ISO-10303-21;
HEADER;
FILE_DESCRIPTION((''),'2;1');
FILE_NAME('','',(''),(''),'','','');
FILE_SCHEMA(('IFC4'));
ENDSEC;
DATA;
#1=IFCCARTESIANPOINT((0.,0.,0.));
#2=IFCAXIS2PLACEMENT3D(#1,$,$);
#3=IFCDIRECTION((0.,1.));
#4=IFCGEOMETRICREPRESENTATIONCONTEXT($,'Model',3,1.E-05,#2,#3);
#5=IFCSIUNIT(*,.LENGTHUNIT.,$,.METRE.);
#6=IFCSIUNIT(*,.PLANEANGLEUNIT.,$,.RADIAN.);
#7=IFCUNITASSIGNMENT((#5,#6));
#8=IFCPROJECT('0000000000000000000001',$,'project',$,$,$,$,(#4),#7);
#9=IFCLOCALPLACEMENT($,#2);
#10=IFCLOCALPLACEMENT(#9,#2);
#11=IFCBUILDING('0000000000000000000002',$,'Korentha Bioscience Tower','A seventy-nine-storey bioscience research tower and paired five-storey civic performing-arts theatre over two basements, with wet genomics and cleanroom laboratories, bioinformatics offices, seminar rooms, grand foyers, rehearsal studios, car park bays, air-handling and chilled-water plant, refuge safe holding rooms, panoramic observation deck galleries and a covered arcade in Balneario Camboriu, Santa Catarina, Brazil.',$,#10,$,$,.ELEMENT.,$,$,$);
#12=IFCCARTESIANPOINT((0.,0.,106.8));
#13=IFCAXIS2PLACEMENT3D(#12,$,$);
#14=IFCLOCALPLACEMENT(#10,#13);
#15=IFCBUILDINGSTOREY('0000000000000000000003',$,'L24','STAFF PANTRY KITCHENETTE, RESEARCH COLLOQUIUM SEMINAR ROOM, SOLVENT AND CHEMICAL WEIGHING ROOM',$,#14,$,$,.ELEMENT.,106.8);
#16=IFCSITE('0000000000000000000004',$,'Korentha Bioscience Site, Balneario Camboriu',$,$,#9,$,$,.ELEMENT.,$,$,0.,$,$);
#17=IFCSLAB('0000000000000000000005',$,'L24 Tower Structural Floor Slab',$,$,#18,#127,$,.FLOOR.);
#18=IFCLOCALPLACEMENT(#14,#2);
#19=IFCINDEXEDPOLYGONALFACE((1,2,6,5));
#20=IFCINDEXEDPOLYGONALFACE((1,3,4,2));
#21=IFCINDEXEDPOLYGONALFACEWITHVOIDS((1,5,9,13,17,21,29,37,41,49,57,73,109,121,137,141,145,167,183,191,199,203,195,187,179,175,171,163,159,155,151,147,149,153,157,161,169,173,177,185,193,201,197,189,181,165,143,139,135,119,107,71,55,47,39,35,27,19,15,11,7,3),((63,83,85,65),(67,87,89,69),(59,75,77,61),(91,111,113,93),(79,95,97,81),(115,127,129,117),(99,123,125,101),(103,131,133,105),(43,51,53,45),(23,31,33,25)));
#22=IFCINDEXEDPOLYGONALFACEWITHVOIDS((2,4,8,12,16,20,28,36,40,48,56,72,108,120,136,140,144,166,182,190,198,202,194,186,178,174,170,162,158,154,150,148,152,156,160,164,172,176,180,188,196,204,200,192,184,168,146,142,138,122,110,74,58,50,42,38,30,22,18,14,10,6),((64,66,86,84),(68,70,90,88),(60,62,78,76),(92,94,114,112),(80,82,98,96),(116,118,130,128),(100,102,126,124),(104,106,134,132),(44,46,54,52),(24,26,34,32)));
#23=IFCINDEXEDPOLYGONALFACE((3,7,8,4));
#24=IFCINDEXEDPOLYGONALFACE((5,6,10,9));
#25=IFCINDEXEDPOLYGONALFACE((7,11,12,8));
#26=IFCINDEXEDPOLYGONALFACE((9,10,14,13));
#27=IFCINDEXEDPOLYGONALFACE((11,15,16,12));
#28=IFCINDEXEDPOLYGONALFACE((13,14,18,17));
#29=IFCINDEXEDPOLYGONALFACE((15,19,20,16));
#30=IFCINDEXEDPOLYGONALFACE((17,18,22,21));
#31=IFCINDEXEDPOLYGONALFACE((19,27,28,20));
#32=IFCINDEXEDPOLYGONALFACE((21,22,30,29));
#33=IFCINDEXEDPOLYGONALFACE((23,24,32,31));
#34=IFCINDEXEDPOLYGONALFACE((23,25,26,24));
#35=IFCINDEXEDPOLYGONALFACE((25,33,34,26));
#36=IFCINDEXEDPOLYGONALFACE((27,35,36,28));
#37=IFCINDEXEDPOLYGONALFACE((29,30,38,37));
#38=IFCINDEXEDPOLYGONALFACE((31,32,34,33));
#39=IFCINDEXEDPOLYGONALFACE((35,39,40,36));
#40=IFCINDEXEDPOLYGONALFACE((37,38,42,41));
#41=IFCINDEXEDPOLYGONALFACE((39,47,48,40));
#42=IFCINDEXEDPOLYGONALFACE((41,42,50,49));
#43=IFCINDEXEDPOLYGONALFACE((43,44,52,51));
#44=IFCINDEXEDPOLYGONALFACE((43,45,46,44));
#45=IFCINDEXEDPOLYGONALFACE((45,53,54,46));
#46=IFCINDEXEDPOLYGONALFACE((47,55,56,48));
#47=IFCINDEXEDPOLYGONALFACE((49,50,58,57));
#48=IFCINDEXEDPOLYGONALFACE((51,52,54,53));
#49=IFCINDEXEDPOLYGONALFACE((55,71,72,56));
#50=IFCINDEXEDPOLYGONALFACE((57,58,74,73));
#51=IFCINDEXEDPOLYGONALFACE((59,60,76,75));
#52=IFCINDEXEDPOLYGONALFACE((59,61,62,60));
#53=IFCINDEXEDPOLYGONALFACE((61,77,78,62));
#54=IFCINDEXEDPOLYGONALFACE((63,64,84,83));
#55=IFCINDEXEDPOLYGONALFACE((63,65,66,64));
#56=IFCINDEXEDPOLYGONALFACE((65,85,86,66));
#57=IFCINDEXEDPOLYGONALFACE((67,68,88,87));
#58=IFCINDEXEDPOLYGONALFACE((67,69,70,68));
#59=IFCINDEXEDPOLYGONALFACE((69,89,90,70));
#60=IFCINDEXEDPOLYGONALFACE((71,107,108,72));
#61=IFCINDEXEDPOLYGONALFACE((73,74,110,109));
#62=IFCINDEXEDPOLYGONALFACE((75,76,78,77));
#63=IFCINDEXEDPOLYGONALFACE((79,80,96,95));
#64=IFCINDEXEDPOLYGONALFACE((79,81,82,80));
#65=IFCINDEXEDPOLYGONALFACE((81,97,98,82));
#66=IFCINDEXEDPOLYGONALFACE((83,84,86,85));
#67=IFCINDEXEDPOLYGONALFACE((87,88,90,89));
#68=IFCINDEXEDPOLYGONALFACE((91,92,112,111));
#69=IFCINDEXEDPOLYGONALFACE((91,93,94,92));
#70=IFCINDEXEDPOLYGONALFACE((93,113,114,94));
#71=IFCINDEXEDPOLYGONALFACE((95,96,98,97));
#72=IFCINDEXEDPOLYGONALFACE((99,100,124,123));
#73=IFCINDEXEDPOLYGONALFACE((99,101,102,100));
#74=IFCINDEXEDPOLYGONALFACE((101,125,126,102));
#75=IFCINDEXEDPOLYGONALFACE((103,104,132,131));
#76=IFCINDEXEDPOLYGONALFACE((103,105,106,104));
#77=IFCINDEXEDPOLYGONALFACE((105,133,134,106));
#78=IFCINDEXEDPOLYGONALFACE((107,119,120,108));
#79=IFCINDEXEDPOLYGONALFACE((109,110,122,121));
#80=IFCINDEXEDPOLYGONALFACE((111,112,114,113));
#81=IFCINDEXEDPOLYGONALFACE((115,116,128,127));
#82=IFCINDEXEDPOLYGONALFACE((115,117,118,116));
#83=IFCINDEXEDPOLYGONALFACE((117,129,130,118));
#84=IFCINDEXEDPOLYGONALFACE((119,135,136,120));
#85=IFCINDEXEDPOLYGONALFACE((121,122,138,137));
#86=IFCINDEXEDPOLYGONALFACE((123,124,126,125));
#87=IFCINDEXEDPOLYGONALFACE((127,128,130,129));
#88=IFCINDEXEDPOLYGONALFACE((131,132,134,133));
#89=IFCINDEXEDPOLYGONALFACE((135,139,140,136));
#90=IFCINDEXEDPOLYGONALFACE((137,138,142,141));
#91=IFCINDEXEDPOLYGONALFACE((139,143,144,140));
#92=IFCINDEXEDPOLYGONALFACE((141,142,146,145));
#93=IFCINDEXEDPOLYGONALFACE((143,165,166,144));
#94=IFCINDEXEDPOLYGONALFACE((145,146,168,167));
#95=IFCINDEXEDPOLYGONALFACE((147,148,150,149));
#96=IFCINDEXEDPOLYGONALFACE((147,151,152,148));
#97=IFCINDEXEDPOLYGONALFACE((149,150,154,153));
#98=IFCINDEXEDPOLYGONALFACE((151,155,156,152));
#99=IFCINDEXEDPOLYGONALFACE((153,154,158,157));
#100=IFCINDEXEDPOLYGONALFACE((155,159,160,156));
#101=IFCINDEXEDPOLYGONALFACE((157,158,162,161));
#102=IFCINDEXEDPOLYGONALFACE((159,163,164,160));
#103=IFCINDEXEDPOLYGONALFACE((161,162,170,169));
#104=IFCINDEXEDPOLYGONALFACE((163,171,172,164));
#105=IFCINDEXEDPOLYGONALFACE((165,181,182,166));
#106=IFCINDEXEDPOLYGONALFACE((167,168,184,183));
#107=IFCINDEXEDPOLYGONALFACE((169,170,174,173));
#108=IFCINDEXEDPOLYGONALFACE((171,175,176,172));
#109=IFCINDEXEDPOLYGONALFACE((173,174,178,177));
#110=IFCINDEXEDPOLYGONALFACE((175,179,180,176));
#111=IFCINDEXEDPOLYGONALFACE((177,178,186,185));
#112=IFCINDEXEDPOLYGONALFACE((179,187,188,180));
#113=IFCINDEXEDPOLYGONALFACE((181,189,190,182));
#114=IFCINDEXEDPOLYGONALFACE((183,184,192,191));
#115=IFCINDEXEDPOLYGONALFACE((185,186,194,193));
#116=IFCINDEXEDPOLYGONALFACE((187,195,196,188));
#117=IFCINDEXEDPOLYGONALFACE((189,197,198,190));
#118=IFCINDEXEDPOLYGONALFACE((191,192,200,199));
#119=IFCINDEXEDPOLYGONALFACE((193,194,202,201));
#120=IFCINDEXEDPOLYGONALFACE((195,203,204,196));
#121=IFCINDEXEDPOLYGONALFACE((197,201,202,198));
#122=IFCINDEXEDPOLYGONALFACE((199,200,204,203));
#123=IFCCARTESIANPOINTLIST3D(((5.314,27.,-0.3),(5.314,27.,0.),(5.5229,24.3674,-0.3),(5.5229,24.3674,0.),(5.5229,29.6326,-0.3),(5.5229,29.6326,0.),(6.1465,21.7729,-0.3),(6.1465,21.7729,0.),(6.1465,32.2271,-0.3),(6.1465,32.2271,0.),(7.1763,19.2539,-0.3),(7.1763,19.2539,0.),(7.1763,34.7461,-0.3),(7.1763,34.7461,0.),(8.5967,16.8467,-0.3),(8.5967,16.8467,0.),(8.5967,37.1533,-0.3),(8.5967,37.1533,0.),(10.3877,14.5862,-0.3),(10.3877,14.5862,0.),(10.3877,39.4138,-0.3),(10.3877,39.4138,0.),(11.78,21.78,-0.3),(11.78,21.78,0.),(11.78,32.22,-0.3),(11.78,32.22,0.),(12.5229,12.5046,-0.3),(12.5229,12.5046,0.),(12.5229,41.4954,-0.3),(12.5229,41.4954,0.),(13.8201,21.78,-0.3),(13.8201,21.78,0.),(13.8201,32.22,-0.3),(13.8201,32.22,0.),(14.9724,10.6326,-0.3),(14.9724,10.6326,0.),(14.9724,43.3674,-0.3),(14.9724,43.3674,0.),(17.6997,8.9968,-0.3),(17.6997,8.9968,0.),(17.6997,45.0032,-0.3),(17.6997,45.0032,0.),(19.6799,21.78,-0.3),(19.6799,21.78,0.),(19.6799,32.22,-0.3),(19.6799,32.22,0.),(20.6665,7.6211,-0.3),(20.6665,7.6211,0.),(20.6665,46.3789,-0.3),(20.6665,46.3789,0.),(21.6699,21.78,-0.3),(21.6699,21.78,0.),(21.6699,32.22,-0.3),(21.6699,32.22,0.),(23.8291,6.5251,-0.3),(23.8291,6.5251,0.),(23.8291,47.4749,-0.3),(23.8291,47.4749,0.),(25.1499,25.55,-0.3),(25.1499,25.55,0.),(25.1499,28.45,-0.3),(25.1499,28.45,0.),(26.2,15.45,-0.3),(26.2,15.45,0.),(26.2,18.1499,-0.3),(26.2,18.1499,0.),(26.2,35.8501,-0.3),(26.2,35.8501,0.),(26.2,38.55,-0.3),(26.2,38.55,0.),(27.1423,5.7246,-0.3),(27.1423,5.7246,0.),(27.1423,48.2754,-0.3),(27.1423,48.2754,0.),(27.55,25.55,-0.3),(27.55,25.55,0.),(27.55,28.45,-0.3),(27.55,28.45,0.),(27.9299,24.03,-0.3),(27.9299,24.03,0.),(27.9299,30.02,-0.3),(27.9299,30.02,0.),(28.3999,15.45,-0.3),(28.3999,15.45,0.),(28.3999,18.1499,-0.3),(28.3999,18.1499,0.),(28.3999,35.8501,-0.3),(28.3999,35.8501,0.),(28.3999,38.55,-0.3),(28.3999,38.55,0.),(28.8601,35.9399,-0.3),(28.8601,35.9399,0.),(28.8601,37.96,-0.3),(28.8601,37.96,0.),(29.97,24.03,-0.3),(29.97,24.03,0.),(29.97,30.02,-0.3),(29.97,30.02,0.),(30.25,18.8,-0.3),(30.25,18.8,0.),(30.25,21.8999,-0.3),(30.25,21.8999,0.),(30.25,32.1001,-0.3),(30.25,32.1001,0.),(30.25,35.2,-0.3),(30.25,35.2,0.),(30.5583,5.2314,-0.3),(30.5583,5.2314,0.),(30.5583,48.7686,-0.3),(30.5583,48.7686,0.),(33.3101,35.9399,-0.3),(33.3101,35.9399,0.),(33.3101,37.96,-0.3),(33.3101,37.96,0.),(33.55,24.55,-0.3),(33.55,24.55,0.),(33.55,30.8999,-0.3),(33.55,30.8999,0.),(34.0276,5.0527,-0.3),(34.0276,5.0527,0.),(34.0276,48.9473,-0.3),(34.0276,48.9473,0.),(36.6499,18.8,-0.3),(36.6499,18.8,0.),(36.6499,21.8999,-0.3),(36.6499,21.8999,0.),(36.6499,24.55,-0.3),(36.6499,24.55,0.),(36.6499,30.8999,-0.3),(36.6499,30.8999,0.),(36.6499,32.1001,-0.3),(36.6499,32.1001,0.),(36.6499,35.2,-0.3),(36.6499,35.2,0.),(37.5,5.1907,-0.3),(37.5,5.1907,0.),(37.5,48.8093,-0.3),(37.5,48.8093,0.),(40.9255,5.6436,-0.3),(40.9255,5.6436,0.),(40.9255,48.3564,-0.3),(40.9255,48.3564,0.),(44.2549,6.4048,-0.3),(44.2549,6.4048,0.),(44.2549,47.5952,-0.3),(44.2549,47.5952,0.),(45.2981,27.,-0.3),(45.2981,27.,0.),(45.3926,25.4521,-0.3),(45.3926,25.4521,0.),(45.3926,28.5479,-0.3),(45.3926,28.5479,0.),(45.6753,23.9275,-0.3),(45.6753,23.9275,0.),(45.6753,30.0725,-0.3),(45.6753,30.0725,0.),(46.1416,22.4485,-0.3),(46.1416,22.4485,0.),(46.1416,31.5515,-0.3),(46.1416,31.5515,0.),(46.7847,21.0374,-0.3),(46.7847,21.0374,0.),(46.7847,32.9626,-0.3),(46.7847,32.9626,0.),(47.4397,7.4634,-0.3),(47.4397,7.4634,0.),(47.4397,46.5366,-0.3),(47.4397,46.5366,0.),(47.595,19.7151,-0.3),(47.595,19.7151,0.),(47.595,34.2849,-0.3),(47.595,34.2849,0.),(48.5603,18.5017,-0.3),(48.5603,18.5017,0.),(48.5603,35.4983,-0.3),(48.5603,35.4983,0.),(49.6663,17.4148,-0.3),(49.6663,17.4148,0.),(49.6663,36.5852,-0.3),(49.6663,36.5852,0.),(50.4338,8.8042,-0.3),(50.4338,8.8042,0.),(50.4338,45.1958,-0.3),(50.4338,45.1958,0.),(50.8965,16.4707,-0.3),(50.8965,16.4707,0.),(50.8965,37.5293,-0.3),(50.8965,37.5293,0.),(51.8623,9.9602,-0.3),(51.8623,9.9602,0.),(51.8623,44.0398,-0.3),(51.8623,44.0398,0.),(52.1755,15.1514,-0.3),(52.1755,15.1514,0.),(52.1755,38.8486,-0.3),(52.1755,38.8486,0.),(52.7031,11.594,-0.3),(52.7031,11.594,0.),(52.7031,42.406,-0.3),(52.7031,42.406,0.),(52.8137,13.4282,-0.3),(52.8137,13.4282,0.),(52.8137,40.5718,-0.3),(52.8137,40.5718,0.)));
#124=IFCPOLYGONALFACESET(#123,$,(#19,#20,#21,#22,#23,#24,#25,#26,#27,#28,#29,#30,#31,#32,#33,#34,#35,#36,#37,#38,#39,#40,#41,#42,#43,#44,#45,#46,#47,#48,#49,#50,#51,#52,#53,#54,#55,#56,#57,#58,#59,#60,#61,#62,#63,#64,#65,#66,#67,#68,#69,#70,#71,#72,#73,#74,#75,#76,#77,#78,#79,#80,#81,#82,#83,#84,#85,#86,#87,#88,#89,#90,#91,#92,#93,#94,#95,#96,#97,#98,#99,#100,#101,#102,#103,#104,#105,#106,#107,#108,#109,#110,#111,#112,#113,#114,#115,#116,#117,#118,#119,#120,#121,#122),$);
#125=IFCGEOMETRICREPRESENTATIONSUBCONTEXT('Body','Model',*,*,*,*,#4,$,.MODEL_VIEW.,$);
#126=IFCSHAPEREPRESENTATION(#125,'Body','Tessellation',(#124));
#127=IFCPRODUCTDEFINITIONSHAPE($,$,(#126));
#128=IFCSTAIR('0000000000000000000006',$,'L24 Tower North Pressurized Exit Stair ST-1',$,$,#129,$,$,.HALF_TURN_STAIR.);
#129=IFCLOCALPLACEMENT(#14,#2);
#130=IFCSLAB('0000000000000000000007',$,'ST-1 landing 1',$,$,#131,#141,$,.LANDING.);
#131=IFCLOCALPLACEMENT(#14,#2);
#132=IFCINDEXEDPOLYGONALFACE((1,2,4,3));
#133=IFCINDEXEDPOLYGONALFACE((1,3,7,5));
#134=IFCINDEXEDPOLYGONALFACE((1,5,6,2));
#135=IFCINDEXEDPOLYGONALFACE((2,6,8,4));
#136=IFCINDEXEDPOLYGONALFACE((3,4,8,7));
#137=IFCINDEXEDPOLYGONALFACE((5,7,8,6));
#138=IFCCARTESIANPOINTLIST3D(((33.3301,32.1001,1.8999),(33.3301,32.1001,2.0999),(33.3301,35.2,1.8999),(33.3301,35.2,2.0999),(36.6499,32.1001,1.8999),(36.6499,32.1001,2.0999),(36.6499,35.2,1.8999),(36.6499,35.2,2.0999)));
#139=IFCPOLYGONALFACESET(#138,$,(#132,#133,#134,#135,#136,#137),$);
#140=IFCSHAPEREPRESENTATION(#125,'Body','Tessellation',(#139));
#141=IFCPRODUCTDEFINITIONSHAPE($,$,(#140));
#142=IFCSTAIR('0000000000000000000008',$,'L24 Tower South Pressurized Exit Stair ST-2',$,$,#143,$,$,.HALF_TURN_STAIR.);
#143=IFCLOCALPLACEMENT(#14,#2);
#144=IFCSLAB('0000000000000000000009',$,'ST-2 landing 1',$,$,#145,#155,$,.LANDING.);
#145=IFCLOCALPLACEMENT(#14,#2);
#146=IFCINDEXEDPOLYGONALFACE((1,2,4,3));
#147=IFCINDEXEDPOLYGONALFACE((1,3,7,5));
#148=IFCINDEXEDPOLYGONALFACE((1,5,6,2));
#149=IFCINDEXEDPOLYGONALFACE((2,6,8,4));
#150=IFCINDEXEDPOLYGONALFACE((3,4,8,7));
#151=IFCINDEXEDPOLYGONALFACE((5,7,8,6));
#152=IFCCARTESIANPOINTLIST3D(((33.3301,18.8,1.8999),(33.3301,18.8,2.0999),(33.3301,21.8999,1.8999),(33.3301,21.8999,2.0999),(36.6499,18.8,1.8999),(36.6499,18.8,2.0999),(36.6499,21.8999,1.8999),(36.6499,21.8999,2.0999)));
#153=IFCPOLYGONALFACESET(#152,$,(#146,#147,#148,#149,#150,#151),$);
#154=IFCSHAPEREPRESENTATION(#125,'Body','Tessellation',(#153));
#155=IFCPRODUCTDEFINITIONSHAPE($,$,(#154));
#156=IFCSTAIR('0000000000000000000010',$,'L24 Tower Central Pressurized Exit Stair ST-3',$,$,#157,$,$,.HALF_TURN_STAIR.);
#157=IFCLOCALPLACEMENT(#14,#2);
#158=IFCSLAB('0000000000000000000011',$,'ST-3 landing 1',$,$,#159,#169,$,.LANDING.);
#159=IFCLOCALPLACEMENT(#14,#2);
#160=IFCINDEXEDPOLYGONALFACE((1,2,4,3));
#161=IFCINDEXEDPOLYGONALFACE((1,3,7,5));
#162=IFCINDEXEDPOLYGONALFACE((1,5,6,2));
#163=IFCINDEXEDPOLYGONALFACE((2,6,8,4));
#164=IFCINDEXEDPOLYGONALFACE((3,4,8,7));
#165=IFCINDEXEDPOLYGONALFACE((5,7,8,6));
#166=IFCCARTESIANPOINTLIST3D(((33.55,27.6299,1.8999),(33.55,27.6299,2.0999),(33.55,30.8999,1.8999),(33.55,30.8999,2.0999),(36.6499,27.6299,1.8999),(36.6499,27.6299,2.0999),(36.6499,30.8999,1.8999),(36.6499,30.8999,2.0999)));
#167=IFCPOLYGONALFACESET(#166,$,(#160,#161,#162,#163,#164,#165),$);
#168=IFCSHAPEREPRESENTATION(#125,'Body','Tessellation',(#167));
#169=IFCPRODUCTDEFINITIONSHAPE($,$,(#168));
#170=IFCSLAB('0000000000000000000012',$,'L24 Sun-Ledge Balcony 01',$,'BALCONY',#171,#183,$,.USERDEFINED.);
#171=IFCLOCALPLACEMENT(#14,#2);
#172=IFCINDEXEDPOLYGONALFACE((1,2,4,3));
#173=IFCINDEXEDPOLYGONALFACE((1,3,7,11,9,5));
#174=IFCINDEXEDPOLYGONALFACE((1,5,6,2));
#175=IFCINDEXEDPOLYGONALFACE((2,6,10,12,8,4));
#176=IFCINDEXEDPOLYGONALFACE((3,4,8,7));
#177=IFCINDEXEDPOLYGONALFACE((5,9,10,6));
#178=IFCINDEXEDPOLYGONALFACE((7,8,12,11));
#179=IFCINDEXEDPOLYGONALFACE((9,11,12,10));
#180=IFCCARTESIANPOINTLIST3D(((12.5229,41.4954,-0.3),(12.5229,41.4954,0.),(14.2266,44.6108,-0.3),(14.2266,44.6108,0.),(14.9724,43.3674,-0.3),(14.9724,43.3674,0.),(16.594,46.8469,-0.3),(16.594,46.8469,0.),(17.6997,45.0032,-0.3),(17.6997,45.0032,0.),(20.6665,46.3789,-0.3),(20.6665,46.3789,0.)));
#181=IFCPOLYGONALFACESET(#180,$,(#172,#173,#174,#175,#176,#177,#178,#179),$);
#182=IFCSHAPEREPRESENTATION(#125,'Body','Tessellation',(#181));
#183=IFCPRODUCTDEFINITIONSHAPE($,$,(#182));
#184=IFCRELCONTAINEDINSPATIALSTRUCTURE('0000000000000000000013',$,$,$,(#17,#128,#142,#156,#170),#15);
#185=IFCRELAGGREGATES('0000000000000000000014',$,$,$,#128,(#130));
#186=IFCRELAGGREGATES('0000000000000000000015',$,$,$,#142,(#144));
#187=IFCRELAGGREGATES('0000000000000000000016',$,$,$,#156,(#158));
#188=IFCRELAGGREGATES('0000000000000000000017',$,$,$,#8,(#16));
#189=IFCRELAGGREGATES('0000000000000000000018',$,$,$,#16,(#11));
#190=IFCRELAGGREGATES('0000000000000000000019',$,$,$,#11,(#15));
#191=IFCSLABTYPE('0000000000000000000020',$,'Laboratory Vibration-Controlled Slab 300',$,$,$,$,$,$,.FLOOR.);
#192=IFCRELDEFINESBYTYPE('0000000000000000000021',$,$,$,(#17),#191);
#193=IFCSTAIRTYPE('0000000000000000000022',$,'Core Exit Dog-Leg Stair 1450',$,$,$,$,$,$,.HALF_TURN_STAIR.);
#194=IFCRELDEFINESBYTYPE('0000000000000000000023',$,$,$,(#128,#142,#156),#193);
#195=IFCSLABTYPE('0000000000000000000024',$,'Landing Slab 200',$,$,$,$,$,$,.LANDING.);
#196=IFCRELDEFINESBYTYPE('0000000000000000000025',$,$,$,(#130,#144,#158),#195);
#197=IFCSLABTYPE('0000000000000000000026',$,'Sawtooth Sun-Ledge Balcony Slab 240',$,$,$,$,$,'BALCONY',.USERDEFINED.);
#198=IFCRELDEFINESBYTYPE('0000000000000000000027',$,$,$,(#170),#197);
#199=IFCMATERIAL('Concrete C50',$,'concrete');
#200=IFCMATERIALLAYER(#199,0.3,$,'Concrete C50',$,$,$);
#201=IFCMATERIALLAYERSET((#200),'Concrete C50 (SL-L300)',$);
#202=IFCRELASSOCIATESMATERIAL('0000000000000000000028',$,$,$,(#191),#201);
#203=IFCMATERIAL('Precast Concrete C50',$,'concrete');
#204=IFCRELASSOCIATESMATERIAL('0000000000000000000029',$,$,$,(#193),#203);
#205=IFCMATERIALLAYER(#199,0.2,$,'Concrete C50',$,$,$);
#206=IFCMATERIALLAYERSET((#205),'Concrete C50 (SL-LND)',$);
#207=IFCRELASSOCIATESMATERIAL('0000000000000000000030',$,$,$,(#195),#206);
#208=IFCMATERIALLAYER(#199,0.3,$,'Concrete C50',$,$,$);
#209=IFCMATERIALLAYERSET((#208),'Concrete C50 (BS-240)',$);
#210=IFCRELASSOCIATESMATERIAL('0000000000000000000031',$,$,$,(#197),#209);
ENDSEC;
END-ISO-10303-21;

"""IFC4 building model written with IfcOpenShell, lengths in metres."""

from ifc_helpers import new_model, si_unit, direction, frame, origin, place, context, subcontext, project, spatial, polyline, outline, extrude, material, layer, layer_set, type_object, element, aggregate, save


model = new_model("IFC4")

# Units and contexts
model_context = context("Model", 3, precision=1e-05, world=origin(), true_north=direction((0.0, 1.0)))
body_context = subcontext(model_context, "Body", "Model", "MODEL_VIEW")
ifc_project = project(units=[si_unit("LENGTHUNIT", "METRE"), si_unit("PLANEANGLEUNIT", "RADIAN")], contexts=[model_context])

# Site, building, storey
site_placement = place(None, origin())
site = spatial("IfcSite", under=ifc_project, at=site_placement, Name="Korentha Bioscience Site, Balneario Camboriu", CompositionType="ELEMENT", RefElevation=0.0)
building_placement = place(site_placement, origin())
building = spatial("IfcBuilding", under=site, at=building_placement, Name="Korentha Bioscience Tower", Description="A seventy-nine-storey bioscience research tower and paired five-storey civic performing-arts theatre over two basements, with wet genomics and cleanroom laboratories, bioinformatics offices, seminar rooms, grand foyers, rehearsal studios, car park bays, air-handling and chilled-water plant, refuge safe holding rooms, panoramic observation deck galleries and a covered arcade in Balneario Camboriu, Santa Catarina, Brazil.", CompositionType="ELEMENT")
storey_placement = place(building_placement, frame((0.0, 0.0, 106.8)))
storey = spatial("IfcBuildingStorey", under=building, at=storey_placement, Name="L24", Description="STAFF PANTRY KITCHENETTE, RESEARCH COLLOQUIUM SEMINAR ROOM, SOLVENT AND CHEMICAL WEIGHING ROOM", CompositionType="ELEMENT", Elevation=106.8)

# Slab
ifc_material_1 = material(Name="Concrete C50", Category="concrete")
ifc_layer_1 = layer(ifc_material_1, 0.3, Name="Concrete C50")
ifc_layer_set_1 = layer_set([ifc_layer_1], Name="Concrete C50 (SL-L300)")
slab_type_1 = type_object("IfcSlabType", Name="Laboratory Vibration-Controlled Slab 300", PredefinedType="FLOOR", material=ifc_layer_set_1)
slab_1_placement = place(storey_placement, frame((0.0, 0.0, -0.3)))
element("IfcSlab", 1, at=slab_1_placement, inside=storey, type_object=slab_type_1, Name="L24 Tower Structural Floor Slab", PredefinedType="FLOOR", context=body_context, shape_type="SweptSolid", body=[
    extrude(outline(polyline([(50.4338, 45.1958), (47.4397, 46.5366), (44.2549, 47.5952), (40.9255, 48.3564), (37.5, 48.8093), (34.0276, 48.9473), (30.5583, 48.7686), (27.1423, 48.2754), (23.8291, 47.4749), (20.6665, 46.3789), (17.6997, 45.0032), (14.9724, 43.3674), (12.5229, 41.4954), (10.3877, 39.4138), (8.5967, 37.1533), (7.1763, 34.7461), (6.1465, 32.2271), (5.5229, 29.6326), (5.314, 27.0), (5.5229, 24.3674), (6.1465, 21.7729), (7.1763, 19.2539), (8.5967, 16.8467), (10.3877, 14.5862), (12.5229, 12.5046), (14.9724, 10.6326), (17.6997, 8.9968), (20.6665, 7.6211), (23.8291, 6.5251), (27.1423, 5.7246), (30.5583, 5.2314), (34.0276, 5.0527), (37.5, 5.1907), (40.9255, 5.6436), (44.2549, 6.4048), (47.4397, 7.4634), (50.4338, 8.8042), (51.8623, 9.9602), (52.7031, 11.594), (52.8137, 13.4282), (52.1755, 15.1514), (50.8965, 16.4707), (49.6663, 17.4148), (48.5603, 18.5017), (47.595, 19.7151), (46.7847, 21.0374), (46.1416, 22.4485), (45.6753, 23.9275), (45.3926, 25.4521), (45.2981, 27.0), (45.3926, 28.5479), (45.6753, 30.0725), (46.1416, 31.5515), (46.7847, 32.9626), (47.595, 34.2849), (48.5603, 35.4983), (49.6663, 36.5852), (50.8965, 37.5293), (52.1755, 38.8486), (52.8137, 40.5718), (52.7031, 42.406), (51.8623, 44.0398), (50.4338, 45.1958)]), holes=[polyline([(30.25, 32.1001), (36.6499, 32.1001), (36.6499, 35.2), (30.25, 35.2), (30.25, 32.1001)]), polyline([(30.25, 18.8), (36.6499, 18.8), (36.6499, 21.8999), (30.25, 21.8999), (30.25, 18.8)]), polyline([(36.6499, 24.55), (36.6499, 30.8999), (33.55, 30.8999), (33.55, 24.55), (36.6499, 24.55)]), polyline([(11.78, 21.78), (13.8201, 21.78), (13.8201, 32.22), (11.78, 32.22), (11.78, 21.78)]), polyline([(19.6799, 21.78), (21.6699, 21.78), (21.6699, 32.22), (19.6799, 32.22), (19.6799, 21.78)]), polyline([(27.9299, 24.03), (29.97, 24.03), (29.97, 30.02), (27.9299, 30.02), (27.9299, 24.03)]), polyline([(28.8601, 35.9399), (33.3101, 35.9399), (33.3101, 37.96), (28.8601, 37.96), (28.8601, 35.9399)]), polyline([(26.2, 15.45), (28.3999, 15.45), (28.3999, 18.1499), (26.2, 18.1499), (26.2, 15.45)]), polyline([(26.2, 35.8501), (28.3999, 35.8501), (28.3999, 38.55), (26.2, 38.55), (26.2, 35.8501)]), polyline([(25.1499, 25.55), (27.55, 25.55), (27.55, 28.45), (25.1499, 28.45), (25.1499, 25.55)])]), origin(), (0.0, 0.0, 1.0), 0.3),
])

# Stairs, slabs
ifc_material_2 = material(Name="Precast Concrete C50", Category="concrete")
stair_type = type_object("IfcStairType", Name="Core Exit Dog-Leg Stair 1450", PredefinedType="HALF_TURN_STAIR", material=ifc_material_2)
stair_1_placement = place(storey_placement, origin())
stair_1 = element("IfcStair", 2, at=stair_1_placement, inside=storey, type_object=stair_type, Name="L24 Tower North Pressurized Exit Stair ST-1", PredefinedType="HALF_TURN_STAIR")
ifc_layer_2 = layer(ifc_material_1, 0.2, Name="Concrete C50")
ifc_layer_set_2 = layer_set([ifc_layer_2], Name="Concrete C50 (SL-LND)")
slab_type_2 = type_object("IfcSlabType", Name="Landing Slab 200", PredefinedType="LANDING", material=ifc_layer_set_2)
slab_2_placement = place(storey_placement, frame((0.0, 0.0, 1.8999)))
slab_2 = element("IfcSlab", 3, at=slab_2_placement, type_object=slab_type_2, Name="ST-1 landing 1", PredefinedType="LANDING", context=body_context, shape_type="SweptSolid", body=[
    extrude(outline(polyline([(33.3301, 32.1001), (36.6499, 32.1001), (36.6499, 35.2), (33.3301, 35.2), (33.3301, 32.1001)])), origin(), (0.0, 0.0, 1.0), 0.2),
])
aggregate(stair_1, [slab_2])
stair_2_placement = place(storey_placement, origin())
stair_2 = element("IfcStair", 4, at=stair_2_placement, inside=storey, type_object=stair_type, Name="L24 Tower South Pressurized Exit Stair ST-2", PredefinedType="HALF_TURN_STAIR")
slab_3_placement = place(storey_placement, frame((0.0, 0.0, 1.8999)))
slab_3 = element("IfcSlab", 5, at=slab_3_placement, type_object=slab_type_2, Name="ST-2 landing 1", PredefinedType="LANDING", context=body_context, shape_type="SweptSolid", body=[
    extrude(outline(polyline([(33.3301, 18.8), (36.6499, 18.8), (36.6499, 21.8999), (33.3301, 21.8999), (33.3301, 18.8)])), origin(), (0.0, 0.0, 1.0), 0.2),
])
aggregate(stair_2, [slab_3])
stair_3_placement = place(storey_placement, origin())
stair_3 = element("IfcStair", 6, at=stair_3_placement, inside=storey, type_object=stair_type, Name="L24 Tower Central Pressurized Exit Stair ST-3", PredefinedType="HALF_TURN_STAIR")
slab_4_placement = place(storey_placement, frame((0.0, 0.0, 1.8999)))
slab_4 = element("IfcSlab", 7, at=slab_4_placement, type_object=slab_type_2, Name="ST-3 landing 1", PredefinedType="LANDING", context=body_context, shape_type="SweptSolid", body=[
    extrude(outline(polyline([(36.6499, 27.6299), (36.6499, 30.8999), (33.55, 30.8999), (33.55, 27.6299), (36.6499, 27.6299)])), origin(), (0.0, 0.0, 1.0), 0.2),
])
aggregate(stair_3, [slab_4])

# Slab
ifc_layer_3 = layer(ifc_material_1, 0.3, Name="Concrete C50")
ifc_layer_set_3 = layer_set([ifc_layer_3], Name="Concrete C50 (BS-240)")
slab_type_3 = type_object("IfcSlabType", Name="Sawtooth Sun-Ledge Balcony Slab 240", ElementType="BALCONY", PredefinedType="USERDEFINED", material=ifc_layer_set_3)
slab_5_placement = place(storey_placement, frame((0.0, 0.0, -0.3)))
element("IfcSlab", 8, at=slab_5_placement, inside=storey, type_object=slab_type_3, Name="L24 Sun-Ledge Balcony 01", ObjectType="BALCONY", PredefinedType="USERDEFINED", context=body_context, shape_type="SweptSolid", body=[
    extrude(outline(polyline([(12.5229, 41.4954), (14.9724, 43.3674), (17.6997, 45.0032), (20.6665, 46.3789), (16.594, 46.8469), (14.2266, 44.6108), (12.5229, 41.4954)])), origin(), (0.0, 0.0, 1.0), 0.3),
])

save(model, "model.ifc")
